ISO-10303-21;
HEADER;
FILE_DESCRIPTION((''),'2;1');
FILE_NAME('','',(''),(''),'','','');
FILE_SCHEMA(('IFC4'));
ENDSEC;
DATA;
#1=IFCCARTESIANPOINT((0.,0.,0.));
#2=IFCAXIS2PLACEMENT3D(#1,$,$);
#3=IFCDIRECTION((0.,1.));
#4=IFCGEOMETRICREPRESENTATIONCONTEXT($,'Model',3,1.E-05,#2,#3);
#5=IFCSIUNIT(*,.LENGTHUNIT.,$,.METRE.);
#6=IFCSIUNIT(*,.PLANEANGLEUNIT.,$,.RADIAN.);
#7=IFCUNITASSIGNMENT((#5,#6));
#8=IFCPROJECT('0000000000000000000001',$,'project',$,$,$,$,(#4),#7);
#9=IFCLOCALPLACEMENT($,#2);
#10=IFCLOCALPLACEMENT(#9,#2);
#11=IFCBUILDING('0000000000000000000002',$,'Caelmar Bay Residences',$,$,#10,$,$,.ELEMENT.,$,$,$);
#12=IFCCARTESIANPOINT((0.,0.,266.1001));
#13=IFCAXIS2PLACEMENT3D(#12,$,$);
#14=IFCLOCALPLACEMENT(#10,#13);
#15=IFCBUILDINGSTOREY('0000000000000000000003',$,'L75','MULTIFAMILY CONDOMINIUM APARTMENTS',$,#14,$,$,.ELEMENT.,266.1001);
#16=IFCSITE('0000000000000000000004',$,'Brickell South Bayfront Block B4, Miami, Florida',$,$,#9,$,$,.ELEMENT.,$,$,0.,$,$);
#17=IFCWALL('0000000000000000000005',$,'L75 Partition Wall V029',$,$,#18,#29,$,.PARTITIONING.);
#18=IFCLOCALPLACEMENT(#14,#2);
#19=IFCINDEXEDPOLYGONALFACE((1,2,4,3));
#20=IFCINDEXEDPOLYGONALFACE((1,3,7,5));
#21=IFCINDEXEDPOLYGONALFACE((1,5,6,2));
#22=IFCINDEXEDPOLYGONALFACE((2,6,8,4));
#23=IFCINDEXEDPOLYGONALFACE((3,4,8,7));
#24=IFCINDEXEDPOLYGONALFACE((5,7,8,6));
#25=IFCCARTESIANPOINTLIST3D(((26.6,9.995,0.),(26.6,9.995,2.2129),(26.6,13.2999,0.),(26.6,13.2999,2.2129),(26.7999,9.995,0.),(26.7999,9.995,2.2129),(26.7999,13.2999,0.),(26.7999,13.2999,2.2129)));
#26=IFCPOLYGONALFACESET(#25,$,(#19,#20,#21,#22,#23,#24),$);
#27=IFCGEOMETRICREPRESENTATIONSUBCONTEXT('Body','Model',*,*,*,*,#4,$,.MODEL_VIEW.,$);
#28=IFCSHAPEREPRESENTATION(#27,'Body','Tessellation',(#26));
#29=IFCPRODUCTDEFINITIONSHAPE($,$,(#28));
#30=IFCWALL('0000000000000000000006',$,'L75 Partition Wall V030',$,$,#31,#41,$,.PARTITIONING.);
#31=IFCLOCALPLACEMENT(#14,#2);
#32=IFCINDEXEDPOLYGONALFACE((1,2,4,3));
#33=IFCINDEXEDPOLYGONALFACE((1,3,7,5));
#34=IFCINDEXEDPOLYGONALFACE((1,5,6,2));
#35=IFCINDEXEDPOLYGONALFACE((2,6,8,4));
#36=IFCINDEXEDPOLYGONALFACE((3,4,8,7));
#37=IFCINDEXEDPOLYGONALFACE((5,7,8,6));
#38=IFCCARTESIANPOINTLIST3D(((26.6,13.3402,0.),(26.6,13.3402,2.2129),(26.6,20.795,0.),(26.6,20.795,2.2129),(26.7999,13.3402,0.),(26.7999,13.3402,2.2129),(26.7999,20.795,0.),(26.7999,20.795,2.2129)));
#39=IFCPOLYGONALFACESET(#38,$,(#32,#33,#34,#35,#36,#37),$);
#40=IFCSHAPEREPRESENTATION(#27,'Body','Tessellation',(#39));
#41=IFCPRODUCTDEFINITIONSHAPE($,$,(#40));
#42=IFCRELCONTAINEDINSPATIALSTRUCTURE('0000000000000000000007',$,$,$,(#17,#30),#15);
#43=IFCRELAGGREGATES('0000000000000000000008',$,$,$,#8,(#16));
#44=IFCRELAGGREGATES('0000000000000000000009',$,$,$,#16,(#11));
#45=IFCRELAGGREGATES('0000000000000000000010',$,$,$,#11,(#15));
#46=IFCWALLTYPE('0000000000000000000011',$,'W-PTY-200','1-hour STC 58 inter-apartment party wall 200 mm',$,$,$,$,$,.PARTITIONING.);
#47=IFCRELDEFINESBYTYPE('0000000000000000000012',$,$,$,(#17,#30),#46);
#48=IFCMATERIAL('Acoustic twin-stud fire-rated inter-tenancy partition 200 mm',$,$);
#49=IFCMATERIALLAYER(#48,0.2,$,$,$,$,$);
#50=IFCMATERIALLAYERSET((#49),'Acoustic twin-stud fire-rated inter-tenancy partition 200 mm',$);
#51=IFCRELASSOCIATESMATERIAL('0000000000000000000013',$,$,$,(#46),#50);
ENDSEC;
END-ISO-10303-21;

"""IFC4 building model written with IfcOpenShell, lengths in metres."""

from ifc_helpers import new_model, si_unit, direction, frame, frame_2d, origin, place, context, subcontext, project, spatial, rectangle, extrude, material, layer, layer_set, type_object, element, save


model = new_model("IFC4")

# Units and contexts
model_context = context("Model", 3, precision=1e-05, world=origin(), true_north=direction((0.0, 1.0)))
body_context = subcontext(model_context, "Body", "Model", "MODEL_VIEW")
ifc_project = project(units=[si_unit("LENGTHUNIT", "METRE"), si_unit("PLANEANGLEUNIT", "RADIAN")], contexts=[model_context])

# Site, building, storey
site_placement = place(None, origin())
site = spatial("IfcSite", under=ifc_project, at=site_placement, Name="Brickell South Bayfront Block B4, Miami, Florida", CompositionType="ELEMENT", RefElevation=0.0)
building_placement = place(site_placement, origin())
building = spatial("IfcBuilding", under=site, at=building_placement, Name="Caelmar Bay Residences", CompositionType="ELEMENT")
storey_placement = place(building_placement, frame((0.0, 0.0, 266.1001)))
storey = spatial("IfcBuildingStorey", under=building, at=storey_placement, Name="L75", Description="MULTIFAMILY CONDOMINIUM APARTMENTS", CompositionType="ELEMENT", Elevation=266.1001)

# Walls
ifc_material_1 = material(Name="Acoustic twin-stud fire-rated inter-tenancy partition 200 mm")
ifc_layer_1 = layer(ifc_material_1, 0.2)
ifc_layer_set_1 = layer_set([ifc_layer_1], Name="Acoustic twin-stud fire-rated inter-tenancy partition 200 mm")
wall_type_1 = type_object("IfcWallType", Name="W-PTY-200", Description="1-hour STC 58 inter-apartment party wall 200 mm", PredefinedType="PARTITIONING", material=ifc_layer_set_1)
wall_1_placement = place(storey_placement, frame((26.7, 9.9951, 0.0), z_axis=(0.0, 0.0, 1.0), x_axis=(0.0, 1.0, 0.0)))
element("IfcWall", 1, at=wall_1_placement, inside=storey, type_object=wall_type_1, Name="L75 Partition Wall V029", PredefinedType="PARTITIONING", context=body_context, shape_type="SweptSolid", body=[
    extrude(rectangle(XDim=3.3049, YDim=0.2, at=frame_2d((1.6523, 0.0))), origin(), (0.0, 0.0, 1.0), 2.2129),
])
wall_2_placement = place(storey_placement, frame((26.7, 13.3401, 0.0), z_axis=(0.0, 0.0, 1.0), x_axis=(0.0, 1.0, 0.0)))
element("IfcWall", 2, at=wall_2_placement, inside=storey, type_object=wall_type_1, Name="L75 Partition Wall V030", PredefinedType="PARTITIONING", context=body_context, shape_type="SweptSolid", body=[
    extrude(rectangle(XDim=7.4548, YDim=0.2, at=frame_2d((3.7275, 0.0))), origin(), (0.0, 0.0, 1.0), 2.2129),
])

save(model, "model.ifc")
